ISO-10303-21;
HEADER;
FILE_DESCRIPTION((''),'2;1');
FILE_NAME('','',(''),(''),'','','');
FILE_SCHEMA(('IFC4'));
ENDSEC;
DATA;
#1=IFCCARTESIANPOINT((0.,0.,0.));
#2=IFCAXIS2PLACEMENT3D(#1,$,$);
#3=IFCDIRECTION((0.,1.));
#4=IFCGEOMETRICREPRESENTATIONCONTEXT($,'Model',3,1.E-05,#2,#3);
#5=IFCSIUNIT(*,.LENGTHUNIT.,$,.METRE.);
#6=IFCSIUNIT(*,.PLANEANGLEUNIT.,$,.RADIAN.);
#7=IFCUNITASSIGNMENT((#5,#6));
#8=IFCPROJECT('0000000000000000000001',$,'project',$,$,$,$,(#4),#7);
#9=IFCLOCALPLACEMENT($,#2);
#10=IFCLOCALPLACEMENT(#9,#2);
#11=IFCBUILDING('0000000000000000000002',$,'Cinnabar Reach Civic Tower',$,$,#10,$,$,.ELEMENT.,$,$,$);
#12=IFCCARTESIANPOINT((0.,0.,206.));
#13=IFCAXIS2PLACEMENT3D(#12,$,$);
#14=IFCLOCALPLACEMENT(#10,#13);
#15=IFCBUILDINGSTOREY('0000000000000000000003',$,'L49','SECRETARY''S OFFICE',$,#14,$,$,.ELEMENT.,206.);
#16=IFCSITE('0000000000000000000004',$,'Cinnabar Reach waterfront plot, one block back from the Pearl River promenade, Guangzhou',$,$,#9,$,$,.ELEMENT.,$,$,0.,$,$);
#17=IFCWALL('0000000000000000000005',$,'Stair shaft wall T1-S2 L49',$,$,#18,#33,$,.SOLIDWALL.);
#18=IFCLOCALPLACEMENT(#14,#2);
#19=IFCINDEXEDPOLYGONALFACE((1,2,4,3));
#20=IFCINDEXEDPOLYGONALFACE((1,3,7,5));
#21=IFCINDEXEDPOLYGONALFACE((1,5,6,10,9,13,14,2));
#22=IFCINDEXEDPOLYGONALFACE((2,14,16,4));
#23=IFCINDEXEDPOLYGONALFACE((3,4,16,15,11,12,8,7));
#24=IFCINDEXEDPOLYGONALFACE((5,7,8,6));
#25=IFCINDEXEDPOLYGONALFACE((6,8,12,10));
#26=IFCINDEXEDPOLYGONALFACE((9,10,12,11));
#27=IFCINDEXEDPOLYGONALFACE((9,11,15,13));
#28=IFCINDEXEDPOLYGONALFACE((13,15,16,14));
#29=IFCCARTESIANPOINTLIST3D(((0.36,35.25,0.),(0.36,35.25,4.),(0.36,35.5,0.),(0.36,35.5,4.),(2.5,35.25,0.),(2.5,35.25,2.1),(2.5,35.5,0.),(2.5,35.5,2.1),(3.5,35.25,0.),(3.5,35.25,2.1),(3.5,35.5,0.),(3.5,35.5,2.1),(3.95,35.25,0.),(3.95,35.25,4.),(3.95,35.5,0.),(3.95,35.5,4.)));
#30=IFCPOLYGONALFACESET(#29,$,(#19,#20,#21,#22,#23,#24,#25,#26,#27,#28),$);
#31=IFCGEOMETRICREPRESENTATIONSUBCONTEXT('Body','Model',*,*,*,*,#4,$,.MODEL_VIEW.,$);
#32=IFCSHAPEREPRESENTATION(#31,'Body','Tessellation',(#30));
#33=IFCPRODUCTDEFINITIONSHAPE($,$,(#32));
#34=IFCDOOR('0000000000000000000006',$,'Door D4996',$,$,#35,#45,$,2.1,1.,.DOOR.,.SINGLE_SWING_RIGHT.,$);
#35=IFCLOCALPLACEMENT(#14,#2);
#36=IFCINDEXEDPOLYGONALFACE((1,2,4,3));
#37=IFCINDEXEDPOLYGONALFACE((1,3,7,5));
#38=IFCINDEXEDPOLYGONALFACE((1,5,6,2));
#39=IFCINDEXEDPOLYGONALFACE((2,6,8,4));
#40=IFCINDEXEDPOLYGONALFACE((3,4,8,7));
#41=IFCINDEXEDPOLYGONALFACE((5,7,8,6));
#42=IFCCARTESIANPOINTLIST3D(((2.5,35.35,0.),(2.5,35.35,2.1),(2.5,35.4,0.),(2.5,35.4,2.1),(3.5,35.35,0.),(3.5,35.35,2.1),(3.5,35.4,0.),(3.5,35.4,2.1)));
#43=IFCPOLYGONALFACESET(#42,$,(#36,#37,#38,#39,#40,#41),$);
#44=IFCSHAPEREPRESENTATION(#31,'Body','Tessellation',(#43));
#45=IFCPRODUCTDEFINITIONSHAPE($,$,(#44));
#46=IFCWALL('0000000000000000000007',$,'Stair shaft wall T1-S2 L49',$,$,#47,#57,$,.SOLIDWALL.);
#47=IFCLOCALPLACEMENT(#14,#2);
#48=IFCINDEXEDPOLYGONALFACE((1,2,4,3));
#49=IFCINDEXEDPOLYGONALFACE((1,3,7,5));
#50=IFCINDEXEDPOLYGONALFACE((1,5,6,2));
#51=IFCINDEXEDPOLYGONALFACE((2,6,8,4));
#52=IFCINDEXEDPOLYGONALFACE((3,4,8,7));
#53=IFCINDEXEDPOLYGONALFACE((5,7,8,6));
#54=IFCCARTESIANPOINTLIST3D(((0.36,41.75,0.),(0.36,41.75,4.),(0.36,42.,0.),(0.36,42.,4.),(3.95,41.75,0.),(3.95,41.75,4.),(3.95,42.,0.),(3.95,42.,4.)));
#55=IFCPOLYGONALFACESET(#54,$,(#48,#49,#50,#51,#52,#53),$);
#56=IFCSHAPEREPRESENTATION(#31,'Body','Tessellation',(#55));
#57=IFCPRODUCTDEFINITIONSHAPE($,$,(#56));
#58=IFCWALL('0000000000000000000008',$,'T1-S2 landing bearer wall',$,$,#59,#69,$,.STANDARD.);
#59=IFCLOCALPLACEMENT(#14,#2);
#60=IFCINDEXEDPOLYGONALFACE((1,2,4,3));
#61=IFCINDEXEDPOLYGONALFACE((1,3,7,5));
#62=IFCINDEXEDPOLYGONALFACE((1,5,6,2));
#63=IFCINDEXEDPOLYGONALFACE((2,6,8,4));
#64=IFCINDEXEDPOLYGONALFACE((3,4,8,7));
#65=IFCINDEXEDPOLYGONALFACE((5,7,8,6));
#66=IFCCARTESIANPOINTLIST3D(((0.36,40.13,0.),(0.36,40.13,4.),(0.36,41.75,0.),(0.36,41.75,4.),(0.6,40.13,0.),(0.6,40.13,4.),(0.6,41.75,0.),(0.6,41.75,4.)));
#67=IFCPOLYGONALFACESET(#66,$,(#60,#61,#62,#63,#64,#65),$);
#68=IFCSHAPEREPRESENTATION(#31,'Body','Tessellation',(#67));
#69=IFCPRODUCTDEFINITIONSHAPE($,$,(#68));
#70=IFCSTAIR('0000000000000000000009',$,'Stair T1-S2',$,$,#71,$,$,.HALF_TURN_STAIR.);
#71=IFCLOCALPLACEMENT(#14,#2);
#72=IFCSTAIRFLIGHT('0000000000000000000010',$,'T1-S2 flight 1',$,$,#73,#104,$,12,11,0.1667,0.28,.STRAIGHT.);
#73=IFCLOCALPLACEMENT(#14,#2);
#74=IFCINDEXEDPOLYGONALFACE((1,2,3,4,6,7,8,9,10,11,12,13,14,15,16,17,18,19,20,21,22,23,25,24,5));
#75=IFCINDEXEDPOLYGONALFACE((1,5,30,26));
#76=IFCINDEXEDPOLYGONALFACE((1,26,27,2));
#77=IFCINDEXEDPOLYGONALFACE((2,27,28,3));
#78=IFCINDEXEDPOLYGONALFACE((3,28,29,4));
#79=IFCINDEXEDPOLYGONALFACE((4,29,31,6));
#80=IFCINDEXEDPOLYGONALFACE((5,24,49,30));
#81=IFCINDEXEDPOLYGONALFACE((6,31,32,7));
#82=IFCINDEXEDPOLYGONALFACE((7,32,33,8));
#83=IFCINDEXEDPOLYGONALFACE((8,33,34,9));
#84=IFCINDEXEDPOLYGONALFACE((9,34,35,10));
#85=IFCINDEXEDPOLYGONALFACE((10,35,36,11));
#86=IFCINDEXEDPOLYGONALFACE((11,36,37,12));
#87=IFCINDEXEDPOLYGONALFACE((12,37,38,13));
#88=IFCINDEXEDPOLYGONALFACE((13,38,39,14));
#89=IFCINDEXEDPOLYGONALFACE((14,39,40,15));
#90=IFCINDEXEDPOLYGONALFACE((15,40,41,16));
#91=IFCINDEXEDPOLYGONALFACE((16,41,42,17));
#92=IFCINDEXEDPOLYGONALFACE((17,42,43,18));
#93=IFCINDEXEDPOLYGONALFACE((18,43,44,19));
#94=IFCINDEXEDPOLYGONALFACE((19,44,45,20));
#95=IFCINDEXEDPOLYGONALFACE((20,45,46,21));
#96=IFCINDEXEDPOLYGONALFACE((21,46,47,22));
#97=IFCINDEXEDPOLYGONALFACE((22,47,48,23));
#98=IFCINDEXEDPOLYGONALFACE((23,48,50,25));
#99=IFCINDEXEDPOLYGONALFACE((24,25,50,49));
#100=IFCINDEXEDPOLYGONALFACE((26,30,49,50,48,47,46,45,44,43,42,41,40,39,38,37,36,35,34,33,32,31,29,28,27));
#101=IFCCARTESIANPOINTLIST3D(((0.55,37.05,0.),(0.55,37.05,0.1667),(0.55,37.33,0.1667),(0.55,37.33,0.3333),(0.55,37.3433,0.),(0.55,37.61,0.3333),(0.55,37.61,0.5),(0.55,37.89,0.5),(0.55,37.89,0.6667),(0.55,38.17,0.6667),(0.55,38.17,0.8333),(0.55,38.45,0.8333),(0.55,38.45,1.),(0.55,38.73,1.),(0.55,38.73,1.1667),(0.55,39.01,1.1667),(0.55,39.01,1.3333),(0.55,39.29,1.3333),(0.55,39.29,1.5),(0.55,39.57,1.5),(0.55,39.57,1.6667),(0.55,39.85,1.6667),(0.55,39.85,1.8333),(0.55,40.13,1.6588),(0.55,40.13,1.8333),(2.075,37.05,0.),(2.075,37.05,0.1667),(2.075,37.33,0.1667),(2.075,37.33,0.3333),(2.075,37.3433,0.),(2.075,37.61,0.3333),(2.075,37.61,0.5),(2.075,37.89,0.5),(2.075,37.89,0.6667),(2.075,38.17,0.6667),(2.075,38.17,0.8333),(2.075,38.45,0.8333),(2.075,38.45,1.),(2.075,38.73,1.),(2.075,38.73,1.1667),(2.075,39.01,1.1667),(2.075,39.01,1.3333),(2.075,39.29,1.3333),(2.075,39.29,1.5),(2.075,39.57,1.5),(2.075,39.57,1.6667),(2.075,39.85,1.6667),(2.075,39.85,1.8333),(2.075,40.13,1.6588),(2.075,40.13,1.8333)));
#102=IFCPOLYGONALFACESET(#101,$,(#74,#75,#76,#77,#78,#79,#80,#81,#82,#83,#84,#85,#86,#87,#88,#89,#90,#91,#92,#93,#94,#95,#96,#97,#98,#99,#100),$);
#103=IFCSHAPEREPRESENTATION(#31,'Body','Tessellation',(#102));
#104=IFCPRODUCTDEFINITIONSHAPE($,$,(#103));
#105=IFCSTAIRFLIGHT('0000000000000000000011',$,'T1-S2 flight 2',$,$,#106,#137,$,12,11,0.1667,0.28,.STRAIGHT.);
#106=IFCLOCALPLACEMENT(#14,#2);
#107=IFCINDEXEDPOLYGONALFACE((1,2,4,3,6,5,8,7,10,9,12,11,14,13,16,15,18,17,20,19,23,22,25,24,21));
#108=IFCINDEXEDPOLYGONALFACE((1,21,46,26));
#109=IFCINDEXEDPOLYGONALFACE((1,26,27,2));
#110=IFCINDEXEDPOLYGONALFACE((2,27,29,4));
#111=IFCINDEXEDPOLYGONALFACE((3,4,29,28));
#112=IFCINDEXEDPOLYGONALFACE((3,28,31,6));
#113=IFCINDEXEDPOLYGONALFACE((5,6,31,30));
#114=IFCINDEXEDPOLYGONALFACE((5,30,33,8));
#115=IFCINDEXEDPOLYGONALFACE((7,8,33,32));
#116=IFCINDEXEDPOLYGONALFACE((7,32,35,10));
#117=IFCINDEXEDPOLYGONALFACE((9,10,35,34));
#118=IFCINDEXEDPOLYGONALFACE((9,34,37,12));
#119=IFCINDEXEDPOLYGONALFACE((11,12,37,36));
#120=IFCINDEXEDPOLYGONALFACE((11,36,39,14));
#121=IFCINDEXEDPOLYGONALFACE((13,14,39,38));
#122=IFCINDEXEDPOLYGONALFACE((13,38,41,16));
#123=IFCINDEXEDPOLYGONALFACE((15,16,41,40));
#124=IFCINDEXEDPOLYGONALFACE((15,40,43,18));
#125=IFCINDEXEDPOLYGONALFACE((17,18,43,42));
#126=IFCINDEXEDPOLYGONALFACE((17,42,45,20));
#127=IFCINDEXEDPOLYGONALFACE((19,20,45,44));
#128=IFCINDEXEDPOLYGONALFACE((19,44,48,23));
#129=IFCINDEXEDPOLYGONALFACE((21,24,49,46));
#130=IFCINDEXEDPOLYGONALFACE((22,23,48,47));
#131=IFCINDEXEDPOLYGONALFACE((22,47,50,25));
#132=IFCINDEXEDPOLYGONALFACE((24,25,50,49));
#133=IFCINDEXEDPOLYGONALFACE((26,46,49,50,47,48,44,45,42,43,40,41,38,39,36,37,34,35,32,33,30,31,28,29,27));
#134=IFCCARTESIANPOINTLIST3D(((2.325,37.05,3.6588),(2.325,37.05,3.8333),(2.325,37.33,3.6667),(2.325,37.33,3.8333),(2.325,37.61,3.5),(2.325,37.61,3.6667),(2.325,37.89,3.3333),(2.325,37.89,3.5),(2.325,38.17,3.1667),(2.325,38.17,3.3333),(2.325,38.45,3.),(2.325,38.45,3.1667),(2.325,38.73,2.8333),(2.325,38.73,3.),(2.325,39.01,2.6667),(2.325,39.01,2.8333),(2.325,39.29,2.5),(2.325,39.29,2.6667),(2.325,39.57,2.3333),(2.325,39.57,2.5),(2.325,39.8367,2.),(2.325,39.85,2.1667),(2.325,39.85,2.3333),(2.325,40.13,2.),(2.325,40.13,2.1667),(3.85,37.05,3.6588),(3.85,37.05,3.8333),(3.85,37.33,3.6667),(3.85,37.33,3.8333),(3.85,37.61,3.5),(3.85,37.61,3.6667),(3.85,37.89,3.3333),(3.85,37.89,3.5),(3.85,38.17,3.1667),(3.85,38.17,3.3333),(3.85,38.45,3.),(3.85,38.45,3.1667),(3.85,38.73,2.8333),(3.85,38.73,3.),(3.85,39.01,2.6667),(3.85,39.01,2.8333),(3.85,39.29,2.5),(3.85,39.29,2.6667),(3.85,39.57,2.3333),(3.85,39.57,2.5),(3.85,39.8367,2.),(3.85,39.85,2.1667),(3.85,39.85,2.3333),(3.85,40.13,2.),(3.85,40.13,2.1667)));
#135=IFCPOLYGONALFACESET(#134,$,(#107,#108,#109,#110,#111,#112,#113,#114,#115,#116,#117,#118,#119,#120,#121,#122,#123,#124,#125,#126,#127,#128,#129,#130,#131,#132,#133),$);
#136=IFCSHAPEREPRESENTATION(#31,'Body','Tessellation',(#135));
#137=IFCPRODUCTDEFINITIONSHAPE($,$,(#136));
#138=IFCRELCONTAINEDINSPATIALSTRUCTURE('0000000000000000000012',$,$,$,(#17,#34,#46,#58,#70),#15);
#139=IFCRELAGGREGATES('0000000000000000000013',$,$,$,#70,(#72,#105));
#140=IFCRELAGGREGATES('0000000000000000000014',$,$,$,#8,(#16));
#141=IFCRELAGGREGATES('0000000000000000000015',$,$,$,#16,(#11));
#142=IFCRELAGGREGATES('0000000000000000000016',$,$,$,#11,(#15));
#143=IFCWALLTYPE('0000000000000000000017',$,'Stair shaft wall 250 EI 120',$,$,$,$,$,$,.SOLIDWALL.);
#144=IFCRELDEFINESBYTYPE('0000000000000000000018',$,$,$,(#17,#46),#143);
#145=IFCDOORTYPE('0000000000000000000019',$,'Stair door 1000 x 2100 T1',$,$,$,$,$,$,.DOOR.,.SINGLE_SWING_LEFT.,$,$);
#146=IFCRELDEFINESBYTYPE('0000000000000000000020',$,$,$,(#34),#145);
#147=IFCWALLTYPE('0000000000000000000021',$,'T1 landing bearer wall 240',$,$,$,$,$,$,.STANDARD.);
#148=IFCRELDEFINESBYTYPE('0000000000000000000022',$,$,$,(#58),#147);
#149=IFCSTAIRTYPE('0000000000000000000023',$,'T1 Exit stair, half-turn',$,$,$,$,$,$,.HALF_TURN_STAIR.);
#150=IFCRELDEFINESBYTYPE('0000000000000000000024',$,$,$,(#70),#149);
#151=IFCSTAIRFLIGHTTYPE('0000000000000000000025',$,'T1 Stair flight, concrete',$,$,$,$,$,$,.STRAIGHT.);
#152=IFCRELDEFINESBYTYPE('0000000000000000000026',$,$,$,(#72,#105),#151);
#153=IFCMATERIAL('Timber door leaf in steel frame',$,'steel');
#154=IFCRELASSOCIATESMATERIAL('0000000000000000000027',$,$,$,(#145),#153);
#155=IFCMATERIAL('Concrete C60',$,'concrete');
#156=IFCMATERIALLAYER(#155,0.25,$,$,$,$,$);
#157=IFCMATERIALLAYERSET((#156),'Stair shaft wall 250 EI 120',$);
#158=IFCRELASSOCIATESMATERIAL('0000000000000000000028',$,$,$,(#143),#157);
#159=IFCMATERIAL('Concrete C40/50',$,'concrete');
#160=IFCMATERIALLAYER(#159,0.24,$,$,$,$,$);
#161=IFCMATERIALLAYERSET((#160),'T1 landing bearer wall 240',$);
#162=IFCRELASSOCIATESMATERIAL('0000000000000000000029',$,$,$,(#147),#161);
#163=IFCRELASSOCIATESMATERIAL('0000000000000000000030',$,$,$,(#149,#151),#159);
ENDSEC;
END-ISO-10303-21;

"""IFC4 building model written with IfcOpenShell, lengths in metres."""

from ifc_helpers import new_model, si_unit, direction, frame, frame_2d, origin, place, context, subcontext, project, spatial, polyline, rectangle, outline, extrude, material, layer, layer_set, type_object, element, fill, aggregate, save


model = new_model("IFC4")

# Units and contexts
model_context = context("Model", 3, precision=1e-05, world=origin(), true_north=direction((0.0, 1.0)))
body_context = subcontext(model_context, "Body", "Model", "MODEL_VIEW")
ifc_project = project(units=[si_unit("LENGTHUNIT", "METRE"), si_unit("PLANEANGLEUNIT", "RADIAN")], contexts=[model_context])

# Site, building, storey
site_placement = place(None, origin())
site = spatial("IfcSite", under=ifc_project, at=site_placement, Name="Cinnabar Reach waterfront plot, one block back from the Pearl River promenade, Guangzhou", CompositionType="ELEMENT", RefElevation=0.0)
building_placement = place(site_placement, origin())
building = spatial("IfcBuilding", under=site, at=building_placement, Name="Cinnabar Reach Civic Tower", CompositionType="ELEMENT")
storey_placement = place(building_placement, frame((0.0, 0.0, 206.0)))
storey = spatial("IfcBuildingStorey", under=building, at=storey_placement, Name="L49", Description="SECRETARY'S OFFICE", CompositionType="ELEMENT", Elevation=206.0)

# Shared definitions
ifc_material_1 = material(Name="Concrete C60", Category="concrete")
ifc_material_2 = material(Name="Timber door leaf in steel frame", Category="steel")
door_type_1 = type_object("IfcDoorType", Name="Stair door 1000 x 2100 T1", OperationType="SINGLE_SWING_LEFT", PredefinedType="DOOR", material=ifc_material_2)

# Wall, opening, door
ifc_layer_1 = layer(ifc_material_1, 0.25)
ifc_layer_set_1 = layer_set([ifc_layer_1], Name="Stair shaft wall 250 EI 120")
wall_type_1 = type_object("IfcWallType", Name="Stair shaft wall 250 EI 120", PredefinedType="SOLIDWALL", material=ifc_layer_set_1)
wall_1_placement = place(storey_placement, frame((0.36, 35.375, 0.0), z_axis=(0.0, 0.0, 1.0), x_axis=(1.0, 0.0, 0.0)))
wall_1 = element("IfcWall", 1, at=wall_1_placement, inside=storey, type_object=wall_type_1, Name="Stair shaft wall T1-S2 L49", PredefinedType="SOLIDWALL", context=body_context, shape_type="SweptSolid", body=[
    extrude(rectangle(XDim=3.59, YDim=0.25, at=frame_2d((1.795, 0.0))), origin(), (0.0, 0.0, 1.0), 4.0),
])
opening_1_placement = place(wall_1_placement, frame((2.14, 0.0, 0.0)))
opening_1 = element("IfcOpeningElement", 2, at=opening_1_placement, cuts=wall_1, PredefinedType="OPENING", context=body_context, shape_type="SweptSolid", body=[
    extrude(rectangle(XDim=1.0, YDim=2.1, at=frame_2d((0.5, 1.05))), frame((0.0, 0.135, 0.0), z_axis=(0.0, -1.0, 0.0), x_axis=(1.0, 0.0, 0.0)), (0.0, 0.0, 1.0), 0.27),
])
door_1_placement = place(opening_1_placement, origin())
door_1 = element("IfcDoor", 3, at=door_1_placement, inside=storey, type_object=door_type_1, Name="Door D4996", OperationType="SINGLE_SWING_RIGHT", OverallHeight=2.1, OverallWidth=1.0, PredefinedType="DOOR", context=body_context, shape_type="SweptSolid", body=[
    extrude(rectangle(XDim=1.0, YDim=2.1, at=frame_2d((0.5, 1.05))), frame((0.0, 0.025, 0.0), z_axis=(0.0, -1.0, 0.0), x_axis=(1.0, 0.0, 0.0)), (0.0, 0.0, 1.0), 0.05),
])
fill(opening_1, door_1)

# Walls
wall_2_placement = place(storey_placement, frame((3.95, 41.875, 0.0), z_axis=(0.0, 0.0, 1.0), x_axis=(-1.0, 0.0, 0.0)))
element("IfcWall", 4, at=wall_2_placement, inside=storey, type_object=wall_type_1, Name="Stair shaft wall T1-S2 L49", PredefinedType="SOLIDWALL", context=body_context, shape_type="SweptSolid", body=[
    extrude(rectangle(XDim=3.59, YDim=0.25, at=frame_2d((1.795, 0.0))), origin(), (0.0, 0.0, 1.0), 4.0),
])
ifc_material_3 = material(Name="Concrete C40/50", Category="concrete")
ifc_layer_2 = layer(ifc_material_3, 0.24)
ifc_layer_set_2 = layer_set([ifc_layer_2], Name="T1 landing bearer wall 240")
wall_type_2 = type_object("IfcWallType", Name="T1 landing bearer wall 240", PredefinedType="STANDARD", material=ifc_layer_set_2)
wall_3_placement = place(storey_placement, frame((0.48, 40.13, 0.0), z_axis=(0.0, 0.0, 1.0), x_axis=(0.0, 1.0, 0.0)))
element("IfcWall", 5, at=wall_3_placement, inside=storey, type_object=wall_type_2, Name="T1-S2 landing bearer wall", PredefinedType="STANDARD", context=body_context, shape_type="SweptSolid", body=[
    extrude(rectangle(XDim=1.62, YDim=0.24, at=frame_2d((0.81, 0.0))), origin(), (0.0, 0.0, 1.0), 4.0),
])

# Stair, stair flights
stair_type = type_object("IfcStairType", Name="T1 Exit stair, half-turn", PredefinedType="HALF_TURN_STAIR", material=ifc_material_3)
stair_placement = place(storey_placement, origin())
stair = element("IfcStair", 6, at=stair_placement, inside=storey, type_object=stair_type, Name="Stair T1-S2", PredefinedType="HALF_TURN_STAIR")
stair_flight_type = type_object("IfcStairFlightType", Name="T1 Stair flight, concrete", PredefinedType="STRAIGHT", material=ifc_material_3)
stair_flight_1_placement = place(storey_placement, frame((1.3125, 37.05, 0.0), z_axis=(0.0, 0.0, 1.0), x_axis=(0.0, 1.0, 0.0)))
stair_flight_1 = element("IfcStairFlight", 7, at=stair_flight_1_placement, type_object=stair_flight_type, Name="T1-S2 flight 1", NumberOfRisers=12, NumberOfTreads=11, PredefinedType="STRAIGHT", RiserHeight=0.1667, TreadLength=0.28, context=body_context, shape_type="SweptSolid", body=[
    extrude(outline(polyline([(0.0, 0.0), (0.0, 0.1667), (0.28, 0.1667), (0.28, 0.3333), (0.56, 0.3333), (0.56, 0.5), (0.84, 0.5), (0.84, 0.6667), (1.12, 0.6667), (1.12, 0.8333), (1.4, 0.8333), (1.4, 1.0), (1.68, 1.0), (1.68, 1.1667), (1.96, 1.1667), (1.96, 1.3333), (2.24, 1.3333), (2.24, 1.5), (2.52, 1.5), (2.52, 1.6667), (2.8, 1.6667), (2.8, 1.8333), (3.08, 1.8333), (3.08, 2.0), (3.08, 1.6588), (0.2933, 0.0), (0.0, 0.0)])), frame((0.0, 0.7625, 0.0), z_axis=(0.0, -1.0, 0.0), x_axis=(1.0, 0.0, 0.0)), (0.0, 0.0, 1.0), 1.525),
])
stair_flight_2_placement = place(storey_placement, frame((3.0875, 40.13, 2.0), z_axis=(0.0, 0.0, 1.0), x_axis=(0.0, -1.0, 0.0)))
stair_flight_2 = element("IfcStairFlight", 8, at=stair_flight_2_placement, type_object=stair_flight_type, Name="T1-S2 flight 2", NumberOfRisers=12, NumberOfTreads=11, PredefinedType="STRAIGHT", RiserHeight=0.1667, TreadLength=0.28, context=body_context, shape_type="SweptSolid", body=[
    extrude(outline(polyline([(0.0, 0.0), (0.0, 0.1667), (0.28, 0.1667), (0.28, 0.3333), (0.56, 0.3333), (0.56, 0.5), (0.84, 0.5), (0.84, 0.6667), (1.12, 0.6667), (1.12, 0.8333), (1.4, 0.8333), (1.4, 1.0), (1.68, 1.0), (1.68, 1.1667), (1.96, 1.1667), (1.96, 1.3333), (2.24, 1.3333), (2.24, 1.5), (2.52, 1.5), (2.52, 1.6667), (2.8, 1.6667), (2.8, 1.8333), (3.08, 1.8333), (3.08, 2.0), (3.08, 1.6588), (0.2933, 0.0), (0.0, 0.0)])), frame((0.0, 0.7625, 0.0), z_axis=(0.0, -1.0, 0.0), x_axis=(1.0, 0.0, 0.0)), (0.0, 0.0, 1.0), 1.525),
])
aggregate(stair, [stair_flight_1, stair_flight_2])

save(model, "model.ifc")
